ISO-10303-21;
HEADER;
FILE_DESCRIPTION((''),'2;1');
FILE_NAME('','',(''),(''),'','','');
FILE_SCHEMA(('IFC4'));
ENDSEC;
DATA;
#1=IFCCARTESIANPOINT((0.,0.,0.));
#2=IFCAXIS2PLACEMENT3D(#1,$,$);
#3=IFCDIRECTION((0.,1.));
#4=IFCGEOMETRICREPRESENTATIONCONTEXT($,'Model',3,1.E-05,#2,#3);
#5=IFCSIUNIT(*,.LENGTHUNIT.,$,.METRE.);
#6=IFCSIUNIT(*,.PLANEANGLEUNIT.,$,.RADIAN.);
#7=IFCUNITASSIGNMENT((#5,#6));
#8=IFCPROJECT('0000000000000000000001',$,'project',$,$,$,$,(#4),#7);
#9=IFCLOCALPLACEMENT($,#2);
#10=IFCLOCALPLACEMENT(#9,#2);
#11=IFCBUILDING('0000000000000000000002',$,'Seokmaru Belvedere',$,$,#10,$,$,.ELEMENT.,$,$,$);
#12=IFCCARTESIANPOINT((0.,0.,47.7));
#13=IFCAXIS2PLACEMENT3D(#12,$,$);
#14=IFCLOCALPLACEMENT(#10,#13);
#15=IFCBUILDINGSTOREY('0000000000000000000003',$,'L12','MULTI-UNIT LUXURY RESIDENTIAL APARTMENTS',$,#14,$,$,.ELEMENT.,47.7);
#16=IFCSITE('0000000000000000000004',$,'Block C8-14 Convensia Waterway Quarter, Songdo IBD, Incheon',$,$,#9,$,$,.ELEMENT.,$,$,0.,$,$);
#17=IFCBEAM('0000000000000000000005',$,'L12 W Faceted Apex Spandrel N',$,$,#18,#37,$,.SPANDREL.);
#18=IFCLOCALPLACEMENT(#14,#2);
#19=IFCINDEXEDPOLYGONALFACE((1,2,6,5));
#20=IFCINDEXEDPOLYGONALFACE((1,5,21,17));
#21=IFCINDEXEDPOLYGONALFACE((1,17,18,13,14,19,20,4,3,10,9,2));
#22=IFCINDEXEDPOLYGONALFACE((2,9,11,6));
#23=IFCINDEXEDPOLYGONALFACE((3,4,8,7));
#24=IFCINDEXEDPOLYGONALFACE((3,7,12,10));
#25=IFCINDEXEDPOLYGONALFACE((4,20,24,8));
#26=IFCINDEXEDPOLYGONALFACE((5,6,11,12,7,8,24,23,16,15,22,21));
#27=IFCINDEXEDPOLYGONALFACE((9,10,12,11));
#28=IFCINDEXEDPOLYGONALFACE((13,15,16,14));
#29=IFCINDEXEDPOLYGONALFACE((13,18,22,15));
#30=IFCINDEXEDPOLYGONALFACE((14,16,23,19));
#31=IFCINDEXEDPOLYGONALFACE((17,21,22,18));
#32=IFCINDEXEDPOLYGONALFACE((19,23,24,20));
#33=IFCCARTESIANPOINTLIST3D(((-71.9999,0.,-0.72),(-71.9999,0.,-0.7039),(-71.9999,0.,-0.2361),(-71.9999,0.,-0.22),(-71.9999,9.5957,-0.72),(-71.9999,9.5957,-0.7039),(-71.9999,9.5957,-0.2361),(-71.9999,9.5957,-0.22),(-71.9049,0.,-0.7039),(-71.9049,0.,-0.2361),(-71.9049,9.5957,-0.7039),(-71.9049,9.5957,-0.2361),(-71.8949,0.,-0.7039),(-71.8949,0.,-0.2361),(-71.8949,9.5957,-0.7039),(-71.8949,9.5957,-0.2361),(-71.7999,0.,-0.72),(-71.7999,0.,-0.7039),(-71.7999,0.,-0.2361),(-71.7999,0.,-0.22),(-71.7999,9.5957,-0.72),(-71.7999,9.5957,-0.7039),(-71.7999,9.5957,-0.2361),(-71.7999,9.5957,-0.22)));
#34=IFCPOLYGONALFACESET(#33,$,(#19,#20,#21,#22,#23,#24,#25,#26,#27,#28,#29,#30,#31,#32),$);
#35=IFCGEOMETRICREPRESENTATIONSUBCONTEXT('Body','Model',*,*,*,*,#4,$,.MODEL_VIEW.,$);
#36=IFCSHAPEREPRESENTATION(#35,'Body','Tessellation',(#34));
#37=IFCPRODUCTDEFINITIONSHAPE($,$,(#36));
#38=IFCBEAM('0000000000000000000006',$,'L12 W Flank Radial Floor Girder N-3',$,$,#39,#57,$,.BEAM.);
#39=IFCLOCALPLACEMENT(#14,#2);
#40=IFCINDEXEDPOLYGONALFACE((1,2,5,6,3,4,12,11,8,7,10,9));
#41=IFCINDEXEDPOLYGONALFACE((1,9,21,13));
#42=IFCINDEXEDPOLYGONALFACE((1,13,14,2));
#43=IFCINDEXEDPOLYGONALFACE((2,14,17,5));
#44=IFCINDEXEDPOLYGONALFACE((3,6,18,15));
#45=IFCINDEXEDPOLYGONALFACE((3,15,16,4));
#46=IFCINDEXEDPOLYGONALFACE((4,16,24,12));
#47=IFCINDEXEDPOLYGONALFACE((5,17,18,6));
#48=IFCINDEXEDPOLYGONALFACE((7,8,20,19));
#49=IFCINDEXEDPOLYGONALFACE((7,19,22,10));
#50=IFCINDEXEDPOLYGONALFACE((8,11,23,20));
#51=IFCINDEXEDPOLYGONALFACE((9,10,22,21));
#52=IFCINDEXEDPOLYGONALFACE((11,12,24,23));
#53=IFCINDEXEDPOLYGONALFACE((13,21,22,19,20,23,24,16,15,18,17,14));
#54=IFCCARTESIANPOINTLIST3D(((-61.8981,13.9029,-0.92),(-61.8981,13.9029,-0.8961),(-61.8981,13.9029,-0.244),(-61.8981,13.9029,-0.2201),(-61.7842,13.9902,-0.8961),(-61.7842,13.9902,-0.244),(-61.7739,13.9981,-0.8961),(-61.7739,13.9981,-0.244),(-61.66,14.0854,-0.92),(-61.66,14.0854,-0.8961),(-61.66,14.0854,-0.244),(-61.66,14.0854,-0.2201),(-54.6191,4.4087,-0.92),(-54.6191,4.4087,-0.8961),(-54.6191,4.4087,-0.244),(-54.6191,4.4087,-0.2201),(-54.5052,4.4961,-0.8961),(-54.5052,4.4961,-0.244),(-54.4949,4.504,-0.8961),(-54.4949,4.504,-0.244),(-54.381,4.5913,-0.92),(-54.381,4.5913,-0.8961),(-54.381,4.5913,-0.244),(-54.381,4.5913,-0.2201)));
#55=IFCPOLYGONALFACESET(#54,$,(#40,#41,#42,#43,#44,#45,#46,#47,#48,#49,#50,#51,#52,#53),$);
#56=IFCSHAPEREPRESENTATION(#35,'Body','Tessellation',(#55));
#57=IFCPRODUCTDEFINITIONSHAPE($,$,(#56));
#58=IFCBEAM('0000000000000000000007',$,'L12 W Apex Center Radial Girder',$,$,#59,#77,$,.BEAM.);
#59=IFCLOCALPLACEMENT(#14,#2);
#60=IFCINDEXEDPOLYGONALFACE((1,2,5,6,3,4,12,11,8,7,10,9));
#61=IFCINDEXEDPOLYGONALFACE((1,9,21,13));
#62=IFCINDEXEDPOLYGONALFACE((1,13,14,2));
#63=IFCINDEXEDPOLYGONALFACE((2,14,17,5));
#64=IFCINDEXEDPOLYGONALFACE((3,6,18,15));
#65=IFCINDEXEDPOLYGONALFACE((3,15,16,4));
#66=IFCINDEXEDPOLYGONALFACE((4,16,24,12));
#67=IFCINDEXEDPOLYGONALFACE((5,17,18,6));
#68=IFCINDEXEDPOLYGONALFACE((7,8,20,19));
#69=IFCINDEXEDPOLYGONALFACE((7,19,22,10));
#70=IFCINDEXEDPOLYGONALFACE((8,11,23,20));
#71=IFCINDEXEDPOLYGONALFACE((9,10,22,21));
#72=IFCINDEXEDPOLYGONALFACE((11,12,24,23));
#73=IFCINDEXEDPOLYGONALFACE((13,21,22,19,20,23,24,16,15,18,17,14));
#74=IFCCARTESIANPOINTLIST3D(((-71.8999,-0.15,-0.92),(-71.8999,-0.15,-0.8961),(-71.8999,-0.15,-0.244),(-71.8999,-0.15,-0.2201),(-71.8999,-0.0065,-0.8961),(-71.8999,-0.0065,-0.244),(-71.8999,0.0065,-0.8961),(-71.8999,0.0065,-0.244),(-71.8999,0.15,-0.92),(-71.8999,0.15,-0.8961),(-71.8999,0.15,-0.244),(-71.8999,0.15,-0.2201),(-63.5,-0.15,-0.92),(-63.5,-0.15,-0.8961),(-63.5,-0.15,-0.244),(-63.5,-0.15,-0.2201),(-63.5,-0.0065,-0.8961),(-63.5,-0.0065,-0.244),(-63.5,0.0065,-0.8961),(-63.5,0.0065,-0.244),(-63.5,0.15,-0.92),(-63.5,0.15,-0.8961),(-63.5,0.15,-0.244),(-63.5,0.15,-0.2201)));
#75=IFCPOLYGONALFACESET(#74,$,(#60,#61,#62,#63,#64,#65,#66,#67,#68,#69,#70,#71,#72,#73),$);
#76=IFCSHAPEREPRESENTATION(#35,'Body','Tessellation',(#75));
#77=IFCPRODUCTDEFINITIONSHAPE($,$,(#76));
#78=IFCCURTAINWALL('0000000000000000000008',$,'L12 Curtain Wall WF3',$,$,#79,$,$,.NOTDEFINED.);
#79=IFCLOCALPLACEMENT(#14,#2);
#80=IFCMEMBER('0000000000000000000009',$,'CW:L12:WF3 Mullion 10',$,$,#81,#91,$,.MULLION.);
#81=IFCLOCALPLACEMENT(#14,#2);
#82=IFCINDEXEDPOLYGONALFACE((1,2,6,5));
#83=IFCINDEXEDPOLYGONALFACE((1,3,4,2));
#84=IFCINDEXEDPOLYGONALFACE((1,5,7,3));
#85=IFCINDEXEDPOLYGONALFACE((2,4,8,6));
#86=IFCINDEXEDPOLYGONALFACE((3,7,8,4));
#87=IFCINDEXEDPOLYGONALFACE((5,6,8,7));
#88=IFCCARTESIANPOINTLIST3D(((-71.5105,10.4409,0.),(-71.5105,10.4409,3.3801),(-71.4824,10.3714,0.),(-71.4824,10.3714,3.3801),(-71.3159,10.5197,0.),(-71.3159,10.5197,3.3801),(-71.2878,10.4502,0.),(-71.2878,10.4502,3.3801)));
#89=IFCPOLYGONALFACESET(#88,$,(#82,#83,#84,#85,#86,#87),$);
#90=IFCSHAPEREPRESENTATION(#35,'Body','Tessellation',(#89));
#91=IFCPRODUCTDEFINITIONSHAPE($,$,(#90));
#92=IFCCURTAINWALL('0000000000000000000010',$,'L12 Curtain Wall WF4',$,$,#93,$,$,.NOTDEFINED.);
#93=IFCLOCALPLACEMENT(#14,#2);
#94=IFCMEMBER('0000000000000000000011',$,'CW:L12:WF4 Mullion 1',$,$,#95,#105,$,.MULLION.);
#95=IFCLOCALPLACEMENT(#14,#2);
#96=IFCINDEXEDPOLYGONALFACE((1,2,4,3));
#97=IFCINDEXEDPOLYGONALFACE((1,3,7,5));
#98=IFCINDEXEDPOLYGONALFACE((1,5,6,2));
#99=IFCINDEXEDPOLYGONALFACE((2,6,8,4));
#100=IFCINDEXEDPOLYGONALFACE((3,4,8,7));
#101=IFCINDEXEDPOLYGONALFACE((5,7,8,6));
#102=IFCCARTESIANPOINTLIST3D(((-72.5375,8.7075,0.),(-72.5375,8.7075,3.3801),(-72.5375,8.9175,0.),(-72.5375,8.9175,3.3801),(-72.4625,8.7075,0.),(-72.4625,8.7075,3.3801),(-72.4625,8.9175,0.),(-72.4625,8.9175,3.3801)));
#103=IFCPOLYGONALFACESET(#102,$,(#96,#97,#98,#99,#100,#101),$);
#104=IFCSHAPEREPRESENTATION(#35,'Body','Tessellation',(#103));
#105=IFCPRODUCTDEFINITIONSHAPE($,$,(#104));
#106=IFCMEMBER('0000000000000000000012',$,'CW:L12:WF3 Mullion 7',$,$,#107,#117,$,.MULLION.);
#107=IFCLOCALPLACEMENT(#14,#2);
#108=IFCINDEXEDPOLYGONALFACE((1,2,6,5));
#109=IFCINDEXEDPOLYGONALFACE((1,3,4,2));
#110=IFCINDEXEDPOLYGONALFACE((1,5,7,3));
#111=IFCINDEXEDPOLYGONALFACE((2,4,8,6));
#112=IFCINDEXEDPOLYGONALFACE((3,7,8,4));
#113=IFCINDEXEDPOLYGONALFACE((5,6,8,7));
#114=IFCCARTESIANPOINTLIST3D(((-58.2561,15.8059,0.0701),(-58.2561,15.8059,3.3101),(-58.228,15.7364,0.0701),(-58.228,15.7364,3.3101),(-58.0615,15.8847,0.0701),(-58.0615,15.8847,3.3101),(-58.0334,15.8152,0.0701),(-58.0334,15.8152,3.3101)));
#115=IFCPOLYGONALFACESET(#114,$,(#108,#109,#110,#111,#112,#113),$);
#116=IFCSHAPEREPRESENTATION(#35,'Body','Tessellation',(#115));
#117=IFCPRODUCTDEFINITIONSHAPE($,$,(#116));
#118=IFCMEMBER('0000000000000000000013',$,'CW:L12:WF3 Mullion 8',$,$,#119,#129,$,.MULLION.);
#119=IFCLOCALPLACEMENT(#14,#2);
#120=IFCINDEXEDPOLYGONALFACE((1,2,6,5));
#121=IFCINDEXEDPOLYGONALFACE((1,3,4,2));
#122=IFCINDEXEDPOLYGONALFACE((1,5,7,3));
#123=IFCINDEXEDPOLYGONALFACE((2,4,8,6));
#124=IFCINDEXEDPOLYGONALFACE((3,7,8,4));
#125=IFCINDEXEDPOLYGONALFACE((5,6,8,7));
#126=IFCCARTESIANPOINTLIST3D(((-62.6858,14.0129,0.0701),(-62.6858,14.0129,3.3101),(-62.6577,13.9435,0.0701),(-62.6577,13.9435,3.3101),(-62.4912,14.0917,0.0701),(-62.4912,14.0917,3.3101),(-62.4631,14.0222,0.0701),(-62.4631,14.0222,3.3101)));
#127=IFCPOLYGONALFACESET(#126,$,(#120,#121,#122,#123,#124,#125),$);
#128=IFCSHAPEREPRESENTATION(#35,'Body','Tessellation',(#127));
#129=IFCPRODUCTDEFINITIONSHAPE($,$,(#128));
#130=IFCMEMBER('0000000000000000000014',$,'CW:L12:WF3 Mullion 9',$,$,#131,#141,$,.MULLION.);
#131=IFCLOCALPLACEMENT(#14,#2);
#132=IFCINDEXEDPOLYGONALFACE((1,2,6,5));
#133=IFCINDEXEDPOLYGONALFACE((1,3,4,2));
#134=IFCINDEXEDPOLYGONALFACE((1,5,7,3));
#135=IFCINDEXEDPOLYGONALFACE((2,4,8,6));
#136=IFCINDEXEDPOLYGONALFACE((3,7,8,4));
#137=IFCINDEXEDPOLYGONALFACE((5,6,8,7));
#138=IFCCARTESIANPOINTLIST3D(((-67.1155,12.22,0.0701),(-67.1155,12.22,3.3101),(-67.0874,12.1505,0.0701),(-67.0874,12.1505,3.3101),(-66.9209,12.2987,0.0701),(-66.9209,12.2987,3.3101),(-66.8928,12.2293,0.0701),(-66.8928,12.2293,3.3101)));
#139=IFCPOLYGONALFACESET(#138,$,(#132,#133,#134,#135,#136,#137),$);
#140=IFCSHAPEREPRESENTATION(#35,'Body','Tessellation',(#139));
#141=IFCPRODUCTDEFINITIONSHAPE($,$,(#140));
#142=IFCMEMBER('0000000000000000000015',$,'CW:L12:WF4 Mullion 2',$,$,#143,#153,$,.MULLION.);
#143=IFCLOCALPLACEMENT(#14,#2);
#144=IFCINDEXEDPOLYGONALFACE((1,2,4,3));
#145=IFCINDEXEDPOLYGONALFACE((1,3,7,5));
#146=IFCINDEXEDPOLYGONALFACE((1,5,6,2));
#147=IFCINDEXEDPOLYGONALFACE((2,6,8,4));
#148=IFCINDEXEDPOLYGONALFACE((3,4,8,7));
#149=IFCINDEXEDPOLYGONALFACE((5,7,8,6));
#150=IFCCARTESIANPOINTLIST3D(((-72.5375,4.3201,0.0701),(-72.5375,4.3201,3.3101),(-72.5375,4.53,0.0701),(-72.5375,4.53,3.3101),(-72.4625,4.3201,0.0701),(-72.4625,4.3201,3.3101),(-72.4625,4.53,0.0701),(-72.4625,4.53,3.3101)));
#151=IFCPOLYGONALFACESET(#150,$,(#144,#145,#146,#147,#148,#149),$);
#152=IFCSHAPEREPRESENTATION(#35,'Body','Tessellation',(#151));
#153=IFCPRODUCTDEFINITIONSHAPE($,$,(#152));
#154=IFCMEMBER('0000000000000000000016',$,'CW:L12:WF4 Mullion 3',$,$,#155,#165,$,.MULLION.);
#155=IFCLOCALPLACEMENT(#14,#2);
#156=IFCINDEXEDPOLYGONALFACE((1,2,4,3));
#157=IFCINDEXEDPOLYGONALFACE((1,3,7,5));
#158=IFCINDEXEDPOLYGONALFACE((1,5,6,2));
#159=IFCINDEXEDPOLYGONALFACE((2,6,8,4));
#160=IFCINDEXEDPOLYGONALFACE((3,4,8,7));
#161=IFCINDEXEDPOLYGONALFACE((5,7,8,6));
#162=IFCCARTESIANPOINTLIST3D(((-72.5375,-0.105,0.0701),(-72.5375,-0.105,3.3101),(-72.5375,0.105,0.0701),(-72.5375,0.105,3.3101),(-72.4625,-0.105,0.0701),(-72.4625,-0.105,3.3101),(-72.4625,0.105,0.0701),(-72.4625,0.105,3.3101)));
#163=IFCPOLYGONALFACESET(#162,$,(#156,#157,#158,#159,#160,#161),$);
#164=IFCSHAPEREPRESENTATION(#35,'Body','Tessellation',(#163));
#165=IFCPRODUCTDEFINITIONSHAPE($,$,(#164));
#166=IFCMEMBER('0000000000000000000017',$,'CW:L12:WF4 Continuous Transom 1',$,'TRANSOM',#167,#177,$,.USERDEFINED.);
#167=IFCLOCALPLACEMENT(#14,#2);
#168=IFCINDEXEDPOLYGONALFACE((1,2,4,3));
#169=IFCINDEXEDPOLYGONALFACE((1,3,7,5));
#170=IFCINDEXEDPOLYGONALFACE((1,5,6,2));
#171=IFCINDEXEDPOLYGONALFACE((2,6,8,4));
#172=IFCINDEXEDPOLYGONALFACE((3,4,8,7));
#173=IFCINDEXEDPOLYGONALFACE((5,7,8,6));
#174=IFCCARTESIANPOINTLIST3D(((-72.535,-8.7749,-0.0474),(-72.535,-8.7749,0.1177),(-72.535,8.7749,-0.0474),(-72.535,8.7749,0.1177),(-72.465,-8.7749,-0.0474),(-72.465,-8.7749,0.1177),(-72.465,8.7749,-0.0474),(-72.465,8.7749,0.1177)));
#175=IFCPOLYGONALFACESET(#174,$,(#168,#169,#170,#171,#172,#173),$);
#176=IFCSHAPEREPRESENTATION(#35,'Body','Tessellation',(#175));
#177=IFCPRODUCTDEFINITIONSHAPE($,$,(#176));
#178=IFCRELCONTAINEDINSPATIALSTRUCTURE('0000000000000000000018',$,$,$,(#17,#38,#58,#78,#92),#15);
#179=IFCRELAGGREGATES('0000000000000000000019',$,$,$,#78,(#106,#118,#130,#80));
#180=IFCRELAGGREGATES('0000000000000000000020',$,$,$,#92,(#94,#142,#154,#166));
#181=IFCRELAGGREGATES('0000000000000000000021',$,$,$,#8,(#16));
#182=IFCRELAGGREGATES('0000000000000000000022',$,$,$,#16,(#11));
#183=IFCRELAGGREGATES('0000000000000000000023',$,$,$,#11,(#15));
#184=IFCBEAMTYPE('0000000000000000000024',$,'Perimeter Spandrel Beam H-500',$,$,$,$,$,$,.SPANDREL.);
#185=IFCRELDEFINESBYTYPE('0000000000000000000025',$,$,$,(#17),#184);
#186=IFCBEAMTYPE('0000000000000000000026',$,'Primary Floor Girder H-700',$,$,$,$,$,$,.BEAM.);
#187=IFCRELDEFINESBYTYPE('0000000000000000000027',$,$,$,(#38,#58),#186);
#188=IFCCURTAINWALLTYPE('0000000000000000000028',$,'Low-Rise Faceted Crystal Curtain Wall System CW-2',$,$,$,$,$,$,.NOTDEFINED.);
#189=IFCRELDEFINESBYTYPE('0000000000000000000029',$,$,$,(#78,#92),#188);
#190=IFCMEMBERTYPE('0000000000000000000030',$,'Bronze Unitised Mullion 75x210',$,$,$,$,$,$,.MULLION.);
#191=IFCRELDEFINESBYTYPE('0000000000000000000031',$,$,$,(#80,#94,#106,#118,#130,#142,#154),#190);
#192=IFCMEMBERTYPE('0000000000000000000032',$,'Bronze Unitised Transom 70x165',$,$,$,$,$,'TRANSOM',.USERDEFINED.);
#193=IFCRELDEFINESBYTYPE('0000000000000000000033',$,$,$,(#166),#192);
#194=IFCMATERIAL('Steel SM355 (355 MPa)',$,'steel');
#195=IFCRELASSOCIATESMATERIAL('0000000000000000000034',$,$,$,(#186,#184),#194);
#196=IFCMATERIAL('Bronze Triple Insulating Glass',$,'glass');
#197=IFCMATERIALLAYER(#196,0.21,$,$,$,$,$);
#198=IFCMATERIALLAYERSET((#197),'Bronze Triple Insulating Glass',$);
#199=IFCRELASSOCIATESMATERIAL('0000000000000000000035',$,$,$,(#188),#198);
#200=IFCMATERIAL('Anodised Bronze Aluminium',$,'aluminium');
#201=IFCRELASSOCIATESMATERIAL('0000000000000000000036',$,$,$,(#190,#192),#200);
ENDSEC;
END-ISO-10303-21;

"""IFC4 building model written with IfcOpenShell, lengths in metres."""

from ifc_helpers import new_model, si_unit, direction, frame, origin, origin_2d, place, context, subcontext, project, spatial, rectangle, i_section, extrude, source, transform, mapped, material, layer, layer_set, material_profile, profile_set, type_object, type_shapes, element, aggregate, save


model = new_model("IFC4")

# Units and contexts
model_context = context("Model", 3, precision=1e-05, world=origin(), true_north=direction((0.0, 1.0)))
body_context = subcontext(model_context, "Body", "Model", "MODEL_VIEW")
ifc_project = project(units=[si_unit("LENGTHUNIT", "METRE"), si_unit("PLANEANGLEUNIT", "RADIAN")], contexts=[model_context])

# Site, building, storey
site_placement = place(None, origin())
site = spatial("IfcSite", under=ifc_project, at=site_placement, Name="Block C8-14 Convensia Waterway Quarter, Songdo IBD, Incheon", CompositionType="ELEMENT", RefElevation=0.0)
building_placement = place(site_placement, origin())
building = spatial("IfcBuilding", under=site, at=building_placement, Name="Seokmaru Belvedere", CompositionType="ELEMENT")
storey_placement = place(building_placement, frame((0.0, 0.0, 47.7)))
storey = spatial("IfcBuildingStorey", under=building, at=storey_placement, Name="L12", Description="MULTI-UNIT LUXURY RESIDENTIAL APARTMENTS", CompositionType="ELEMENT", Elevation=47.7)

# Shared definitions
ifc_material_1 = material(Name="Steel SM355 (355 MPa)", Category="steel")

# Beams
ifc_material_profile_1 = material_profile(ifc_material_1, i_section(OverallWidth=0.3, OverallDepth=0.7, WebThickness=0.0129, FlangeThickness=0.0239, at=origin_2d()), Name="H-700x300x13x24")
ifc_profile_set_1 = profile_set([ifc_material_profile_1], Name="Steel SM355 (355 MPa)")
beam_type_1 = type_object("IfcBeamType", Name="Primary Floor Girder H-700", PredefinedType="BEAM", material=ifc_profile_set_1)
ifc_material_profile_2 = material_profile(ifc_material_1, i_section(OverallWidth=0.2, OverallDepth=0.5, WebThickness=0.01, FlangeThickness=0.0161, at=origin_2d()), Name="H-500x200x10x16")
ifc_profile_set_2 = profile_set([ifc_material_profile_2], Name="Steel SM355 (355 MPa)")
beam_type_2 = type_object("IfcBeamType", Name="Perimeter Spandrel Beam H-500", PredefinedType="SPANDREL", material=ifc_profile_set_2)
shared_shape_1 = source(origin(), body_context, "Body", "SweptSolid", [
    extrude(i_section(OverallWidth=0.2, OverallDepth=0.5, WebThickness=0.01, FlangeThickness=0.0161, at=origin_2d()), origin(), (0.0, 0.0, 1.0), 9.5957),
])
beam_1_placement = place(storey_placement, frame((-71.8999, 0.0, -0.47), z_axis=(0.0, 1.0, 0.0), x_axis=(-1.0, 0.0, 0.0)))
element("IfcBeam", 1, at=beam_1_placement, inside=storey, type_object=beam_type_2, Name="L12 W Faceted Apex Spandrel N", PredefinedType="SPANDREL", context=body_context, shape_type="MappedRepresentation", body=[
    mapped(shared_shape_1, transform((0.0, 0.0, 0.0), scale=1.0)),
])
shared_shape_2 = source(origin(), body_context, "Body", "SweptSolid", [
    extrude(i_section(OverallWidth=0.3, OverallDepth=0.7, WebThickness=0.0129, FlangeThickness=0.0239, at=origin_2d()), origin(), (0.0, 0.0, 1.0), 11.9634),
])
beam_2_placement = place(storey_placement, frame((-61.7791, 13.9941, -0.5701), z_axis=(0.608443, -0.793598, 0.0), x_axis=(0.793598, 0.608443, 0.0)))
element("IfcBeam", 2, at=beam_2_placement, inside=storey, type_object=beam_type_1, Name="L12 W Flank Radial Floor Girder N-3", PredefinedType="BEAM", context=body_context, shape_type="MappedRepresentation", body=[
    mapped(shared_shape_2, transform((0.0, 0.0, 0.0), scale=1.0)),
])
shared_shape_3 = source(origin(), body_context, "Body", "SweptSolid", [
    extrude(i_section(OverallWidth=0.3, OverallDepth=0.7, WebThickness=0.0129, FlangeThickness=0.0239, at=origin_2d()), origin(), (0.0, 0.0, 1.0), 8.3999),
])
beam_3_placement = place(storey_placement, frame((-71.8999, 0.0, -0.5701), z_axis=(1.0, 0.0, 0.0), x_axis=(0.0, 1.0, 0.0)))
element("IfcBeam", 3, at=beam_3_placement, inside=storey, type_object=beam_type_1, Name="L12 W Apex Center Radial Girder", PredefinedType="BEAM", context=body_context, shape_type="MappedRepresentation", body=[
    mapped(shared_shape_3, transform((0.0, 0.0, 0.0), scale=1.0)),
])

# Curtain walls, members
ifc_material_2 = material(Name="Bronze Triple Insulating Glass", Category="glass")
ifc_layer_1 = layer(ifc_material_2, 0.21)
ifc_layer_set_1 = layer_set([ifc_layer_1], Name="Bronze Triple Insulating Glass")
curtain_wall_type = type_object("IfcCurtainWallType", Name="Low-Rise Faceted Crystal Curtain Wall System CW-2", PredefinedType="NOTDEFINED", material=ifc_layer_set_1)
curtain_wall_1_placement = place(storey_placement, origin())
curtain_wall_1 = element("IfcCurtainWall", 4, at=curtain_wall_1_placement, inside=storey, type_object=curtain_wall_type, Name="L12 Curtain Wall WF3", PredefinedType="NOTDEFINED")
ifc_material_3 = material(Name="Anodised Bronze Aluminium", Category="aluminium")
ifc_material_profile_3 = material_profile(ifc_material_3, rectangle(XDim=0.075, YDim=0.21, at=origin_2d()), Name="CW-M-75x210")
ifc_profile_set_3 = profile_set([ifc_material_profile_3], Name="Anodised Bronze Aluminium")
member_type_1 = type_object("IfcMemberType", Name="Bronze Unitised Mullion 75x210", PredefinedType="MULLION", material=ifc_profile_set_3)
shared_shape_4 = source(origin(), body_context, "Body", "SweptSolid", [
    extrude(rectangle(XDim=0.075, YDim=0.21, at=origin_2d()), origin(), (0.0, 0.0, 1.0), 3.3801),
])
member_1_placement = place(storey_placement, frame((-71.3992, 10.4456, 0.0), z_axis=(0.0, 0.0, 1.0), x_axis=(0.375192, -0.926947, 0.0)))
member_1 = element("IfcMember", 5, at=member_1_placement, type_object=member_type_1, Name="CW:L12:WF3 Mullion 10", PredefinedType="MULLION", context=body_context, shape_type="MappedRepresentation", body=[
    mapped(shared_shape_4, transform((0.0, 0.0, 0.0), scale=1.0)),
])
curtain_wall_2_placement = place(storey_placement, origin())
curtain_wall_2 = element("IfcCurtainWall", 6, at=curtain_wall_2_placement, inside=storey, type_object=curtain_wall_type, Name="L12 Curtain Wall WF4", PredefinedType="NOTDEFINED")
member_2_placement = place(storey_placement, frame((-72.5, 8.8125, 0.0), z_axis=(0.0, 0.0, 1.0), x_axis=(1.0, 0.0, 0.0)))
member_2 = element("IfcMember", 7, at=member_2_placement, type_object=member_type_1, Name="CW:L12:WF4 Mullion 1", PredefinedType="MULLION", context=body_context, shape_type="MappedRepresentation", body=[
    mapped(shared_shape_4, transform((0.0, 0.0, 0.0), scale=1.0)),
])

# Members
shared_shape_5 = source(origin(), body_context, "Body", "SweptSolid", [
    extrude(rectangle(XDim=0.075, YDim=0.21, at=origin_2d()), origin(), (0.0, 0.0, 1.0), 3.24),
])
type_shapes(member_type_1, [shared_shape_4, shared_shape_5])
member_3_placement = place(storey_placement, frame((-58.1448, 15.8105, 0.0701), z_axis=(0.0, 0.0, 1.0), x_axis=(0.375192, -0.926947, 0.0)))
member_3 = element("IfcMember", 8, at=member_3_placement, type_object=member_type_1, Name="CW:L12:WF3 Mullion 7", PredefinedType="MULLION", context=body_context, shape_type="MappedRepresentation", body=[
    mapped(shared_shape_5, transform((0.0, 0.0, 0.0), scale=1.0)),
])
member_4_placement = place(storey_placement, frame((-62.5745, 14.0176, 0.0701), z_axis=(0.0, 0.0, 1.0), x_axis=(0.375192, -0.926947, 0.0)))
member_4 = element("IfcMember", 9, at=member_4_placement, type_object=member_type_1, Name="CW:L12:WF3 Mullion 8", PredefinedType="MULLION", context=body_context, shape_type="MappedRepresentation", body=[
    mapped(shared_shape_5, transform((0.0, 0.0, 0.0), scale=1.0)),
])
member_5_placement = place(storey_placement, frame((-67.0042, 12.2246, 0.0701), z_axis=(0.0, 0.0, 1.0), x_axis=(0.375192, -0.926947, 0.0)))
member_5 = element("IfcMember", 10, at=member_5_placement, type_object=member_type_1, Name="CW:L12:WF3 Mullion 9", PredefinedType="MULLION", context=body_context, shape_type="MappedRepresentation", body=[
    mapped(shared_shape_5, transform((0.0, 0.0, 0.0), scale=1.0)),
])
member_6_placement = place(storey_placement, frame((-72.5, 4.425, 0.0701), z_axis=(0.0, 0.0, 1.0), x_axis=(1.0, 0.0, 0.0)))
member_6 = element("IfcMember", 11, at=member_6_placement, type_object=member_type_1, Name="CW:L12:WF4 Mullion 2", PredefinedType="MULLION", context=body_context, shape_type="MappedRepresentation", body=[
    mapped(shared_shape_5, transform((0.0, 0.0, 0.0), scale=1.0)),
])
member_7_placement = place(storey_placement, frame((-72.5, 0.0, 0.0701), z_axis=(0.0, 0.0, 1.0), x_axis=(1.0, 0.0, 0.0)))
member_7 = element("IfcMember", 12, at=member_7_placement, type_object=member_type_1, Name="CW:L12:WF4 Mullion 3", PredefinedType="MULLION", context=body_context, shape_type="MappedRepresentation", body=[
    mapped(shared_shape_5, transform((0.0, 0.0, 0.0), scale=1.0)),
])
ifc_material_profile_4 = material_profile(ifc_material_3, rectangle(XDim=0.0701, YDim=0.165, at=origin_2d()), Name="CW-T-70x165")
ifc_profile_set_4 = profile_set([ifc_material_profile_4], Name="Anodised Bronze Aluminium")
member_type_2 = type_object("IfcMemberType", Name="Bronze Unitised Transom 70x165", ElementType="TRANSOM", PredefinedType="USERDEFINED", material=ifc_profile_set_4)
shared_shape_6 = source(origin(), body_context, "Body", "SweptSolid", [
    extrude(rectangle(XDim=0.0701, YDim=0.165, at=origin_2d()), origin(), (0.0, 0.0, 1.0), 17.5498),
])
type_shapes(member_type_2, [shared_shape_6])
member_8_placement = place(storey_placement, frame((-72.5, 8.7749, 0.0352), z_axis=(0.0, -1.0, 0.0), x_axis=(1.0, 0.0, 0.0)))
member_8 = element("IfcMember", 13, at=member_8_placement, type_object=member_type_2, Name="CW:L12:WF4 Continuous Transom 1", ObjectType="TRANSOM", PredefinedType="USERDEFINED", context=body_context, shape_type="MappedRepresentation", body=[
    mapped(shared_shape_6, transform((0.0, 0.0, 0.0), scale=1.0)),
])

aggregate(curtain_wall_1, [member_3, member_4, member_5, member_1])
aggregate(curtain_wall_2, [member_2, member_6, member_7, member_8])

save(model, "model.ifc")
